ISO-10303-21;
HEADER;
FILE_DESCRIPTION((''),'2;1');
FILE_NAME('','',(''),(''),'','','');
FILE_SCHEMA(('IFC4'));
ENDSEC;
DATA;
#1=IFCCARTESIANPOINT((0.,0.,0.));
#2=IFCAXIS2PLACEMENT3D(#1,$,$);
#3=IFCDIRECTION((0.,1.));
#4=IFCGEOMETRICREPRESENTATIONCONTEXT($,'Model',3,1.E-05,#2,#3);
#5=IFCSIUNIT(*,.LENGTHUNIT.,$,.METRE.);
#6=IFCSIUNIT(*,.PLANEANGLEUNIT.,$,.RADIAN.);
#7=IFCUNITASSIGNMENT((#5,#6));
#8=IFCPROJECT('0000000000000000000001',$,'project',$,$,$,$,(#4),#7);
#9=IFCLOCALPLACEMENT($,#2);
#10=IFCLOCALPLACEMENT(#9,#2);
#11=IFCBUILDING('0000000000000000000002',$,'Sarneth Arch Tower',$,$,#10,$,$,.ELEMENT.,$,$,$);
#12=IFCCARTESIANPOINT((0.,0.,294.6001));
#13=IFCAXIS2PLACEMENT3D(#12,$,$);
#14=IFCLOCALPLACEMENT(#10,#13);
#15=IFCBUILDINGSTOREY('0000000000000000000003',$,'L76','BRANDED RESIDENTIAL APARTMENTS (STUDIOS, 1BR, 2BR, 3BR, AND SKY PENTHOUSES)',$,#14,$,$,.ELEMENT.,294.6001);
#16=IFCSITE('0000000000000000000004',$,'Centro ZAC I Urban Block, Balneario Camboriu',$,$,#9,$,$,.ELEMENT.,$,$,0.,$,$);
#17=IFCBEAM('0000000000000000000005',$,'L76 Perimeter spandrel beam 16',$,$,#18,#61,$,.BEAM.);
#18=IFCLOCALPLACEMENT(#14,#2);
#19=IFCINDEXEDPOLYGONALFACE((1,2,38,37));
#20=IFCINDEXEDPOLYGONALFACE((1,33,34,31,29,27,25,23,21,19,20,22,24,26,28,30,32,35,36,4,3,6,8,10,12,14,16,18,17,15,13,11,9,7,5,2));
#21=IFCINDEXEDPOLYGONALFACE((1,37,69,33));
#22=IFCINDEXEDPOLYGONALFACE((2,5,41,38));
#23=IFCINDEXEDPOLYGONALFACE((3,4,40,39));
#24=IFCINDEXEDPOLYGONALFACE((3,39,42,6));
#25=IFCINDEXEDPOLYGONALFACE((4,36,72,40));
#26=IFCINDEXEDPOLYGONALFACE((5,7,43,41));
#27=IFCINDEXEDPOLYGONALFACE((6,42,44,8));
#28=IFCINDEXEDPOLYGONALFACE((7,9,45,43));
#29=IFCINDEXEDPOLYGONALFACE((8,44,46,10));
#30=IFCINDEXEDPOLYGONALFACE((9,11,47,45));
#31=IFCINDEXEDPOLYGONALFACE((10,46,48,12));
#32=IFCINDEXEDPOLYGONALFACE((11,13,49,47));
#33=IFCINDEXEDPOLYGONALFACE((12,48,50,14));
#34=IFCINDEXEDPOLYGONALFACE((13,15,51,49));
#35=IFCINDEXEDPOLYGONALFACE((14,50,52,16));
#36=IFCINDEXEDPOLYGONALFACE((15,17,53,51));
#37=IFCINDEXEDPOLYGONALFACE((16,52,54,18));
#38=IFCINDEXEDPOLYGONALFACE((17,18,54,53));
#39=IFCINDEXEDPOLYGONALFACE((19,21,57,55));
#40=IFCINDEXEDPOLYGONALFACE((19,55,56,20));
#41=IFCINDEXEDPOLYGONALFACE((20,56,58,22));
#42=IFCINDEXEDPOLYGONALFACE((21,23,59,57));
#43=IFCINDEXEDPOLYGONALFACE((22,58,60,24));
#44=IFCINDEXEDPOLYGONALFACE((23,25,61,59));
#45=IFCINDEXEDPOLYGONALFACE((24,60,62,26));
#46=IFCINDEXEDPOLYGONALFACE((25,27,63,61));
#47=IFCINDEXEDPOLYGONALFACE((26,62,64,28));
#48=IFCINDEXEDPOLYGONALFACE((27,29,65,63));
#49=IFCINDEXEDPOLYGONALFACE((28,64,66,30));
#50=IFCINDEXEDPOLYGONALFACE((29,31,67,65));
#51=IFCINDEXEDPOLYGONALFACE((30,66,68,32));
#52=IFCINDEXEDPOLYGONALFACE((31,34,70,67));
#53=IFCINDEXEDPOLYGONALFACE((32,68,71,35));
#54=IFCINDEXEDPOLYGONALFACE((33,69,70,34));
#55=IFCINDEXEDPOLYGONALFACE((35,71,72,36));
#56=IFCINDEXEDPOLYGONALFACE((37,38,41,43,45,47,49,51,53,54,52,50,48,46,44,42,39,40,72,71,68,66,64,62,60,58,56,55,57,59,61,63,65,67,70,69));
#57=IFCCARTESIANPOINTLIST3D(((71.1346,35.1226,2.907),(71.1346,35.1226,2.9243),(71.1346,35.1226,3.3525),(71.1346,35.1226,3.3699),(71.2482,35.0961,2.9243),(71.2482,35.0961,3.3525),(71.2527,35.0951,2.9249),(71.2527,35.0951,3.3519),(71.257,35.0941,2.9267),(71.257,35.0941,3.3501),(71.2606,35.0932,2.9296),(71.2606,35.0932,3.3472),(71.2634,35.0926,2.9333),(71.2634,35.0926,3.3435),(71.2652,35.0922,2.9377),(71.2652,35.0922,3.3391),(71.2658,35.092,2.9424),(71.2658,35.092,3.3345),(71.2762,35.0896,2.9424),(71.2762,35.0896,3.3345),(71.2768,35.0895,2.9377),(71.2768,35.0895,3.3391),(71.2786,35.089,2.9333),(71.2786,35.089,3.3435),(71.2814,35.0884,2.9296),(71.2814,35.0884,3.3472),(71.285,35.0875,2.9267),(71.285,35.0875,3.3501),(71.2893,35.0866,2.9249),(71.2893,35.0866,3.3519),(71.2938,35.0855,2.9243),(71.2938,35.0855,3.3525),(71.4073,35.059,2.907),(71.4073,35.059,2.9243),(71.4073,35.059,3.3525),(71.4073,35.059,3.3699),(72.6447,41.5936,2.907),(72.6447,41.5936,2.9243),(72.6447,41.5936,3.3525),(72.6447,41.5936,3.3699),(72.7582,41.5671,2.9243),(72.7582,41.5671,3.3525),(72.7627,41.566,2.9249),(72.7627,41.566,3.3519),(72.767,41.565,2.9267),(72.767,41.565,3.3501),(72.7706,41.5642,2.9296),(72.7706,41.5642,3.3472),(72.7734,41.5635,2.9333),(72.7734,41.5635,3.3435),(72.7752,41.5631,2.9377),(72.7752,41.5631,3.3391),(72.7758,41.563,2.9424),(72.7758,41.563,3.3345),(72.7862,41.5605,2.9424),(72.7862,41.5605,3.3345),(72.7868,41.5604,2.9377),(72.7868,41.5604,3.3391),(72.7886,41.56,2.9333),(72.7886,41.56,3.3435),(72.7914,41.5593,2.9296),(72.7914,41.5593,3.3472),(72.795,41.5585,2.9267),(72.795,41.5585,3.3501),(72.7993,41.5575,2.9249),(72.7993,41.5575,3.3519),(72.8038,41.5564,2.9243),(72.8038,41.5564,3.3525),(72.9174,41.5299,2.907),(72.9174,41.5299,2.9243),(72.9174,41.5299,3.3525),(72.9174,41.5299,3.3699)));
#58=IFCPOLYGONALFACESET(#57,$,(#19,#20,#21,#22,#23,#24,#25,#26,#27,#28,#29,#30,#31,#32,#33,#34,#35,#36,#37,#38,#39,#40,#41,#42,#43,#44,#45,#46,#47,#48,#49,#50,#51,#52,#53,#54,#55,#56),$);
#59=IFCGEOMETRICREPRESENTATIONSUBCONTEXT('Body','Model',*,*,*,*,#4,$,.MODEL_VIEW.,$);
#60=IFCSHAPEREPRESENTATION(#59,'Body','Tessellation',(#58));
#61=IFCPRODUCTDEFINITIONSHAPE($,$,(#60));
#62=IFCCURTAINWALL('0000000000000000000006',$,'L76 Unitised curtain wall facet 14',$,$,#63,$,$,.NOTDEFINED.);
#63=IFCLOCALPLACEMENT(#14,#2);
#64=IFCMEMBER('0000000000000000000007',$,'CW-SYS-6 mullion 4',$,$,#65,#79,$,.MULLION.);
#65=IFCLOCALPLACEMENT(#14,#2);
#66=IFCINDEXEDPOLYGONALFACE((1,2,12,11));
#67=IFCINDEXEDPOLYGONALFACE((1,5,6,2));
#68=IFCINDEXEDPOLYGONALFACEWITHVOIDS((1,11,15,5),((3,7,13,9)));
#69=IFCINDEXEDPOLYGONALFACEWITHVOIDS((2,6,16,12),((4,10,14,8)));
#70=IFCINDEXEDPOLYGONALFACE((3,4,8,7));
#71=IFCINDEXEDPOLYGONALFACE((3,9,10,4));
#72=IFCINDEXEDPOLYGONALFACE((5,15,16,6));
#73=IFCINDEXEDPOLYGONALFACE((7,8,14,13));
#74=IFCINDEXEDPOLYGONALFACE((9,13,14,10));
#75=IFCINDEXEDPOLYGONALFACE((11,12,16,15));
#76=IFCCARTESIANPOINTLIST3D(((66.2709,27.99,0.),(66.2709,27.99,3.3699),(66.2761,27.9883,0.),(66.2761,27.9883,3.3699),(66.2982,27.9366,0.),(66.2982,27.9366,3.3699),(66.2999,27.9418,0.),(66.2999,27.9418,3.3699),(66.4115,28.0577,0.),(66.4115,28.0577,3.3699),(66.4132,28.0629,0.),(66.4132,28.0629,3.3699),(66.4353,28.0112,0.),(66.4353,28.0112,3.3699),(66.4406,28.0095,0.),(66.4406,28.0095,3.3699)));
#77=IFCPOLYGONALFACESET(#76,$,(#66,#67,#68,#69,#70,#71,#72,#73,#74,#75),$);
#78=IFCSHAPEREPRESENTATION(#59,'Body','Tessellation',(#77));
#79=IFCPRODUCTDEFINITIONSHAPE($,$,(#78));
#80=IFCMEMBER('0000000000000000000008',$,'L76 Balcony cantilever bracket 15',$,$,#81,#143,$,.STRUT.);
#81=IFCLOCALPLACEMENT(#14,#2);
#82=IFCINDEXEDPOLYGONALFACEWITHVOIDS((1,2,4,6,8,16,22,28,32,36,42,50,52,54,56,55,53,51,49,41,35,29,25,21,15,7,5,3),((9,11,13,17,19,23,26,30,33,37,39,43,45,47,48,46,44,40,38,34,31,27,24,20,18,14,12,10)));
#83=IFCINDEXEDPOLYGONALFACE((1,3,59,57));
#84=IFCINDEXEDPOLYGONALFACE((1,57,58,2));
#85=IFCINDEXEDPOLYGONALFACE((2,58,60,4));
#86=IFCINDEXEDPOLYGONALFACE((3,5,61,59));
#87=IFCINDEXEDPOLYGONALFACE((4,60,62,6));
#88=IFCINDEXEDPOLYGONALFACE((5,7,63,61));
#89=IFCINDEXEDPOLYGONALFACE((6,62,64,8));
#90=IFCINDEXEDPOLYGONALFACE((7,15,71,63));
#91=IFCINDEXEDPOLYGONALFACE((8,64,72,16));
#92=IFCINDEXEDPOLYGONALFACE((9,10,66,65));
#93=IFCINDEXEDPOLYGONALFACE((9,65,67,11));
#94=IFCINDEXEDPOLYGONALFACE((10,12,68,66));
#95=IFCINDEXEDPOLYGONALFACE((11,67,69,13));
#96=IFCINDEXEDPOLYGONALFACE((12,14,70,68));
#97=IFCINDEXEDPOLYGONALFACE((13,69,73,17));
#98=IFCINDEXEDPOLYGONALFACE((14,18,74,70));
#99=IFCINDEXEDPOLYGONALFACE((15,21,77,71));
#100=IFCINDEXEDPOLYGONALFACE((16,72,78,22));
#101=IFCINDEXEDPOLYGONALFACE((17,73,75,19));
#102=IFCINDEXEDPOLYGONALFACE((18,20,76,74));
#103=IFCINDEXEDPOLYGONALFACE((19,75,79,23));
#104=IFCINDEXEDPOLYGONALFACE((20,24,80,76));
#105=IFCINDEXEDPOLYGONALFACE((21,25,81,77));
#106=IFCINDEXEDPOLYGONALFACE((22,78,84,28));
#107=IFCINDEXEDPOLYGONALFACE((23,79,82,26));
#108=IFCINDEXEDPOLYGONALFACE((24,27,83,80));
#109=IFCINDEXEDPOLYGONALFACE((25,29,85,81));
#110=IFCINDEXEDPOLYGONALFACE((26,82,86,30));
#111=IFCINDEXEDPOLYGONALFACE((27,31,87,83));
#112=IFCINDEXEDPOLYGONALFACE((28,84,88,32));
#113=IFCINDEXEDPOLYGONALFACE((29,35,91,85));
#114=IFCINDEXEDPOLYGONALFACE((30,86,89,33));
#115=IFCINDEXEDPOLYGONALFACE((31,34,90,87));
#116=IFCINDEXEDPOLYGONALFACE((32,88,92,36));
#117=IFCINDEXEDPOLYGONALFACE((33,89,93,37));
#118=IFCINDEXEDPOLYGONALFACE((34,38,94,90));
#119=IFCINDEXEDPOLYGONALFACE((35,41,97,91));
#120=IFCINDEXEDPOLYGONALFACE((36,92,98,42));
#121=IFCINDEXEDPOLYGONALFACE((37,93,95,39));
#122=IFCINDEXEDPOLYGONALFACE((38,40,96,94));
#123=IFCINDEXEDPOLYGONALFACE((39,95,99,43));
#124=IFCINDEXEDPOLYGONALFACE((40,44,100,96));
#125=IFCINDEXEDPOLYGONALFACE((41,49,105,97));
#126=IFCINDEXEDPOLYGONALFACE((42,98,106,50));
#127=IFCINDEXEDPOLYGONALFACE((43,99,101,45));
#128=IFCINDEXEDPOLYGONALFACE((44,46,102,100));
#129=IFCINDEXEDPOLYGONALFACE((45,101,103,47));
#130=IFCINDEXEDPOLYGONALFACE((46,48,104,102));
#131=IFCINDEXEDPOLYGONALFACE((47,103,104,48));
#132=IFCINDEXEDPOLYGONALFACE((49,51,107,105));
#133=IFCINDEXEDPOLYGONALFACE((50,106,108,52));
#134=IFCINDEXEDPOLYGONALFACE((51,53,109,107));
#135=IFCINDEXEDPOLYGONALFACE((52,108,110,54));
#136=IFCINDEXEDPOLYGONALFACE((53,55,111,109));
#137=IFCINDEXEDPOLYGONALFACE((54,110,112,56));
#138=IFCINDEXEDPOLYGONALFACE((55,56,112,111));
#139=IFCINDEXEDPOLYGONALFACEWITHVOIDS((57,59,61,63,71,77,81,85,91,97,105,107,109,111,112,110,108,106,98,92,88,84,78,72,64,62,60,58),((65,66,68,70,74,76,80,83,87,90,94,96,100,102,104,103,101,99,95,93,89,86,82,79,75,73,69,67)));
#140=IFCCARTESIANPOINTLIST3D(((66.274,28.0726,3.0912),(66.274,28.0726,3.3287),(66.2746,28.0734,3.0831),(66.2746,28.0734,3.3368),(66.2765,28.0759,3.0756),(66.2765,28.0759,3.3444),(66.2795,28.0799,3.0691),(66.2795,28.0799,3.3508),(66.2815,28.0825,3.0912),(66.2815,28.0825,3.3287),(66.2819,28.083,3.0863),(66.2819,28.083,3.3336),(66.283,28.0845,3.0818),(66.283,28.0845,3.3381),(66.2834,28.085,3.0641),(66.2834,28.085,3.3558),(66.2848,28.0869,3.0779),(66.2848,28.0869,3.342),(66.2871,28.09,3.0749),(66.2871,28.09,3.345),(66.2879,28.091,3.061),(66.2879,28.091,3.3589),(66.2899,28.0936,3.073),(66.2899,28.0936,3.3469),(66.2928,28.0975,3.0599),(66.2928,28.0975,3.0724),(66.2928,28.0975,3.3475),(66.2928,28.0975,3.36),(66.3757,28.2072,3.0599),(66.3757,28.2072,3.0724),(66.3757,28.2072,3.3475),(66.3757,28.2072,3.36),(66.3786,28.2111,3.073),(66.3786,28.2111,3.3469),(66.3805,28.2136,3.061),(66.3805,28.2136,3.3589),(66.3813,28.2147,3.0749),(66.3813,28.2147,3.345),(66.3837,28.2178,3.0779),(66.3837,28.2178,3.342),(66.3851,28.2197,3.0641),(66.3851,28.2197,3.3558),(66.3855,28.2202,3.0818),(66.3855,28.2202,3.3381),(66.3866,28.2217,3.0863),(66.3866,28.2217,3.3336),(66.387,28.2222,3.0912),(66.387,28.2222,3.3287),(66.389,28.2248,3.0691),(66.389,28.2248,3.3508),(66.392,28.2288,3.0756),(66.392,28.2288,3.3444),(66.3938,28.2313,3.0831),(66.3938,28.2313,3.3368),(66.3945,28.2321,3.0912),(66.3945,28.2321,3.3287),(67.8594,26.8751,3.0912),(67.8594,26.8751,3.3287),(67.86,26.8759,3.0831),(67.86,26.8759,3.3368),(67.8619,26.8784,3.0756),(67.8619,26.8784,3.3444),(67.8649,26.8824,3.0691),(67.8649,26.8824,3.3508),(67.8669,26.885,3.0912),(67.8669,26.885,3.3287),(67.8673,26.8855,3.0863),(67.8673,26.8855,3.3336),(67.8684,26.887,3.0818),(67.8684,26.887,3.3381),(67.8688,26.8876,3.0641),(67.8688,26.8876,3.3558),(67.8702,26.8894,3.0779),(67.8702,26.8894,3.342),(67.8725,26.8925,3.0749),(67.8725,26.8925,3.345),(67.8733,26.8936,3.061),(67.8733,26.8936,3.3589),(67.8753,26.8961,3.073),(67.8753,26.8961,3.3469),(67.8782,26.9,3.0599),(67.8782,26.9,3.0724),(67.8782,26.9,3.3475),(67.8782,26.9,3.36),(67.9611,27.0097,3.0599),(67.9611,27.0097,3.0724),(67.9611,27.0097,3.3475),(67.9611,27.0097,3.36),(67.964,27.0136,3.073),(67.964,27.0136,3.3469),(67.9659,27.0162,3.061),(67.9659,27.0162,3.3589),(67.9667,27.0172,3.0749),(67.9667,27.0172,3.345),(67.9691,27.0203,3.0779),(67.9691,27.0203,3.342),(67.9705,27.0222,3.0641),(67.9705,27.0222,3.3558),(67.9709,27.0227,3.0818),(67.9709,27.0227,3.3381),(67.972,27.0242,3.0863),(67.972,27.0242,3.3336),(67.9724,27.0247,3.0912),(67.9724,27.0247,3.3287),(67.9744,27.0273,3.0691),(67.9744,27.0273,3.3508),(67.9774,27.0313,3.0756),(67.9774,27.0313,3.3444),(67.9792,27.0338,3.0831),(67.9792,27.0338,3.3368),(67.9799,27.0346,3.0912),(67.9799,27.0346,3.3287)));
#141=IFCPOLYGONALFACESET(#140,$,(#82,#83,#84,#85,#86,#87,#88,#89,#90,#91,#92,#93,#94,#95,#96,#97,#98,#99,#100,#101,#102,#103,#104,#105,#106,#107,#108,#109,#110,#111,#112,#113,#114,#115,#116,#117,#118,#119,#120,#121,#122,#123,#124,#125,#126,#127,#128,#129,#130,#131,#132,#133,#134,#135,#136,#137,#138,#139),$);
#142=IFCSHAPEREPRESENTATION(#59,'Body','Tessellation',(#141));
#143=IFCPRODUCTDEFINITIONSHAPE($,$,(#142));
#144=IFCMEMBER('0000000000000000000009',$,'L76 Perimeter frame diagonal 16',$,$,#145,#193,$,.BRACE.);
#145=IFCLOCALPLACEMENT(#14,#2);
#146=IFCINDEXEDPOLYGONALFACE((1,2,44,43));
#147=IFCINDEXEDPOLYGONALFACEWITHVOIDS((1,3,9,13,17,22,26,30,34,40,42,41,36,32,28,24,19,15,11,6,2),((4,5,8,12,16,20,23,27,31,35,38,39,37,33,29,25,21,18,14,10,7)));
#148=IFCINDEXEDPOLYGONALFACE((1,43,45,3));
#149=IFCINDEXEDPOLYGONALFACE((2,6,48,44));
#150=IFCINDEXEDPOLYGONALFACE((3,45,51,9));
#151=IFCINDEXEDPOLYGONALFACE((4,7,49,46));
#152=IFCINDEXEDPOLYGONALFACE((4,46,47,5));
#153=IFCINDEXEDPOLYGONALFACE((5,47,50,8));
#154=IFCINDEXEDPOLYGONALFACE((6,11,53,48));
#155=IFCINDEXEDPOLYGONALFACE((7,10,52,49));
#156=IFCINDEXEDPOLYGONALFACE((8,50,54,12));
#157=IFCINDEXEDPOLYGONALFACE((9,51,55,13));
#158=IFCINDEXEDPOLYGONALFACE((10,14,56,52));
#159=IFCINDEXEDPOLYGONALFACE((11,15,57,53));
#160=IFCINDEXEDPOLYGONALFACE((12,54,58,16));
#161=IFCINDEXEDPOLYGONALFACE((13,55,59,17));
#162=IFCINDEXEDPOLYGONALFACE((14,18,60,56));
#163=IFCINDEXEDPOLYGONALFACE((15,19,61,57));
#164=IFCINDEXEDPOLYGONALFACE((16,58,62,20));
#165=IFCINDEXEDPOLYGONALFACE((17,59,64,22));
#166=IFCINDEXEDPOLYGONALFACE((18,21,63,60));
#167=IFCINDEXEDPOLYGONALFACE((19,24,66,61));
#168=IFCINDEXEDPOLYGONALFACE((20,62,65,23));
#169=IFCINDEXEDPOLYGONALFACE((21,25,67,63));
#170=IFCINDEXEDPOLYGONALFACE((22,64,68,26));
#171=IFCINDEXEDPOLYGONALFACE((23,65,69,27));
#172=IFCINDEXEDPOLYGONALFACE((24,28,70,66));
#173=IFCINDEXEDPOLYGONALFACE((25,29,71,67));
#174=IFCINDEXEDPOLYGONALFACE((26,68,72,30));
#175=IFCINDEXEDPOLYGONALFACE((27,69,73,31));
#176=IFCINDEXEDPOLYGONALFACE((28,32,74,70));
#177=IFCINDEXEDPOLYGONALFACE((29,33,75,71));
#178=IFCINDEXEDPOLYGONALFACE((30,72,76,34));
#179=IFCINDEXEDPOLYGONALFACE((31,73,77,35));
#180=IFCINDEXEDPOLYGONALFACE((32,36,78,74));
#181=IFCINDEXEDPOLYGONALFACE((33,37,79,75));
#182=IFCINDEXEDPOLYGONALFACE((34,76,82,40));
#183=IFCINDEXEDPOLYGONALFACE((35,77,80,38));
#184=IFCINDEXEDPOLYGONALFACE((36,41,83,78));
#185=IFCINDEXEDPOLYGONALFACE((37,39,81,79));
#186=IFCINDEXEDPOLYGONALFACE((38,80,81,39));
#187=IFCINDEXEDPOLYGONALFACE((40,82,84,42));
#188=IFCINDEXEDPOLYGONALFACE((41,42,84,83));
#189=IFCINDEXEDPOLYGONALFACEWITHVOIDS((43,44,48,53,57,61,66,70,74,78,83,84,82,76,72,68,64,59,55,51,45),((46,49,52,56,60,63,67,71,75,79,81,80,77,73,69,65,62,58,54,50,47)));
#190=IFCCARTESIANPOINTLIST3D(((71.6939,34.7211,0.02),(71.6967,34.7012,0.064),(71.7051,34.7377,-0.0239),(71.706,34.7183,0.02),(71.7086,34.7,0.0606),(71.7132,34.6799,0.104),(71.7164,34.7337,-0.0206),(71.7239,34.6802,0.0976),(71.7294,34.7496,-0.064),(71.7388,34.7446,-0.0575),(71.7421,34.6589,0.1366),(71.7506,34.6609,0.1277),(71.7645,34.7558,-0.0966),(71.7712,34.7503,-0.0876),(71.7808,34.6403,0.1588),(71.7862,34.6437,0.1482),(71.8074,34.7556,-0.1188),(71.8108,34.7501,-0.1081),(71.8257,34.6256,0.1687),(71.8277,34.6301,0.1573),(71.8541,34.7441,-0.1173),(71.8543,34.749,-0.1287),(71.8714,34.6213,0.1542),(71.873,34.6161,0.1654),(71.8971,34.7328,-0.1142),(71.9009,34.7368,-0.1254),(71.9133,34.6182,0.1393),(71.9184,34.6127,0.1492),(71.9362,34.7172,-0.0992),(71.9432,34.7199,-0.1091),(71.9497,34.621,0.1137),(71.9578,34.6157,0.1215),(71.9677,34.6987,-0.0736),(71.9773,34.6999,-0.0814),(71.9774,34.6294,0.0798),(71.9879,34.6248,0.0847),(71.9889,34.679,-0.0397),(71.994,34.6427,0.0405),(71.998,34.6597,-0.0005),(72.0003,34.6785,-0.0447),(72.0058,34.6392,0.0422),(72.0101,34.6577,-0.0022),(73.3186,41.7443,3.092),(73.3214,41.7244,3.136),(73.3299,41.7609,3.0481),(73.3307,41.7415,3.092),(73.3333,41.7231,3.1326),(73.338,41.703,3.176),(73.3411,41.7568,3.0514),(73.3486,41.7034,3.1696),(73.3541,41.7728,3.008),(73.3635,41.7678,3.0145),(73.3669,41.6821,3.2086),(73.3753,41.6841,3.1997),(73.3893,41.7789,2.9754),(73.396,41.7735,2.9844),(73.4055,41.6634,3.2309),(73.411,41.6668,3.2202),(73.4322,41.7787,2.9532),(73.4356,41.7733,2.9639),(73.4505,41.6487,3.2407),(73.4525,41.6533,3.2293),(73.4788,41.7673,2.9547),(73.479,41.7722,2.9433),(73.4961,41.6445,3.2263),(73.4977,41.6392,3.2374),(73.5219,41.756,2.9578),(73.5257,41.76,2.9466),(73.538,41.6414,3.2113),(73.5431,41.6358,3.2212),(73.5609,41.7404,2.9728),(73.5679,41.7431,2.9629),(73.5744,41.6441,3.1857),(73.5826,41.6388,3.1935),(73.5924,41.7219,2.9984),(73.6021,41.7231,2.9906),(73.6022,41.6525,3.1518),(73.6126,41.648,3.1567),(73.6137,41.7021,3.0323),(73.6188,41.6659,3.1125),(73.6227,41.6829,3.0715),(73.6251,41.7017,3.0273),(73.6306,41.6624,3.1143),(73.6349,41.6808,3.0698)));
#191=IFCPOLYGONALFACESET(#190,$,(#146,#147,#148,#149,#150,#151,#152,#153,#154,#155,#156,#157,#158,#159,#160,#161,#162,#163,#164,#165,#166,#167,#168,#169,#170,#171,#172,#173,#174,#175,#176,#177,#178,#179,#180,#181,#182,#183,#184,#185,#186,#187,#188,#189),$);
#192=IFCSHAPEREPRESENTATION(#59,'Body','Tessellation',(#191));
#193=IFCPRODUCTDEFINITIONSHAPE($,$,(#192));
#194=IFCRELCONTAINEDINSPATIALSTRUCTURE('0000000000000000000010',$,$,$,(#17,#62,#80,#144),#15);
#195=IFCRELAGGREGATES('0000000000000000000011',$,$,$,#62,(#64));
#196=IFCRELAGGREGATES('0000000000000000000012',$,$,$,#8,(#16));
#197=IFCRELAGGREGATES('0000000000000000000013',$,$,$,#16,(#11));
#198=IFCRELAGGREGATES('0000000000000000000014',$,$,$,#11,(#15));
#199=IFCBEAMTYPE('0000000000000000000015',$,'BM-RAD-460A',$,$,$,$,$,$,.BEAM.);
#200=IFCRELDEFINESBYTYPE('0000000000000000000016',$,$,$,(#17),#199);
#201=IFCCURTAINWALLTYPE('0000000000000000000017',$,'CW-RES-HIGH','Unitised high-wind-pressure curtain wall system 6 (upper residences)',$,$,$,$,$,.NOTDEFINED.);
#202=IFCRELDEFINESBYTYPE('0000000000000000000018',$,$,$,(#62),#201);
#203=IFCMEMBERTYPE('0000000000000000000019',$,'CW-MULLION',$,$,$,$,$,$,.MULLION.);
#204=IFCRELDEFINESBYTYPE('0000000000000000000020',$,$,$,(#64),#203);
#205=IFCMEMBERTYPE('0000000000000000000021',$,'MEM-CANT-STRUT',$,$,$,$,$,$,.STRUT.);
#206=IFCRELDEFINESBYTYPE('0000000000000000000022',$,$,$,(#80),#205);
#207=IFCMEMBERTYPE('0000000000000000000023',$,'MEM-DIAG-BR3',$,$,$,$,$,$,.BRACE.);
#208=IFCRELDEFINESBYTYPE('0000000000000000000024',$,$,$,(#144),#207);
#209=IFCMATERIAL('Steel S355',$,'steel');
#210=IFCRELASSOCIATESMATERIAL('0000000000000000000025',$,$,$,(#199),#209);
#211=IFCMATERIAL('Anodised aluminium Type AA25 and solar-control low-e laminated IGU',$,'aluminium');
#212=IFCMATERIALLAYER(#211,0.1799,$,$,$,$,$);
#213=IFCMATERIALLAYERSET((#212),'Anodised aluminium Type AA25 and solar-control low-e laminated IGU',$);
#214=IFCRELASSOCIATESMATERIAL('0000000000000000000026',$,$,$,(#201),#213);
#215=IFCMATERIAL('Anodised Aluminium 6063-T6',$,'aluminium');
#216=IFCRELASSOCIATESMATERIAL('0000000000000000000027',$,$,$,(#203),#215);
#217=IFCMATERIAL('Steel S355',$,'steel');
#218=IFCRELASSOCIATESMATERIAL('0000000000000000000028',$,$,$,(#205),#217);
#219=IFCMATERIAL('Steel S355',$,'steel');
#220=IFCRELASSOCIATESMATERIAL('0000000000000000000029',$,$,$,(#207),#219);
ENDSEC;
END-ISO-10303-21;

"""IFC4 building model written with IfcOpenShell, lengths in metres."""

from ifc_helpers import new_model, si_unit, direction, frame, origin, origin_2d, place, context, subcontext, project, spatial, hollow_rectangle, hollow_circle, i_section, extrude, material, layer, layer_set, material_profile, profile_set, type_object, element, aggregate, save


model = new_model("IFC4")

# Units and contexts
model_context = context("Model", 3, precision=1e-05, world=origin(), true_north=direction((0.0, 1.0)))
body_context = subcontext(model_context, "Body", "Model", "MODEL_VIEW")
ifc_project = project(units=[si_unit("LENGTHUNIT", "METRE"), si_unit("PLANEANGLEUNIT", "RADIAN")], contexts=[model_context])

# Site, building, storey
site_placement = place(None, origin())
site = spatial("IfcSite", under=ifc_project, at=site_placement, Name="Centro ZAC I Urban Block, Balneario Camboriu", CompositionType="ELEMENT", RefElevation=0.0)
building_placement = place(site_placement, origin())
building = spatial("IfcBuilding", under=site, at=building_placement, Name="Sarneth Arch Tower", CompositionType="ELEMENT")
storey_placement = place(building_placement, frame((0.0, 0.0, 294.6001)))
storey = spatial("IfcBuildingStorey", under=building, at=storey_placement, Name="L76", Description="BRANDED RESIDENTIAL APARTMENTS (STUDIOS, 1BR, 2BR, 3BR, AND SKY PENTHOUSES)", CompositionType="ELEMENT", Elevation=294.6001)

# Beam
ifc_material_1 = material(Name="Steel S355", Category="steel")
ifc_material_profile_1 = material_profile(ifc_material_1, i_section(OverallWidth=0.28, OverallDepth=0.4629, WebThickness=0.0107, FlangeThickness=0.0173, FilletRadius=0.0181, at=origin_2d()), Name="W460x113")
ifc_profile_set_1 = profile_set([ifc_material_profile_1], Name="Steel S355")
beam_type_1 = type_object("IfcBeamType", Name="BM-RAD-460A", PredefinedType="BEAM", material=ifc_profile_set_1)
beam_1_placement = place(storey_placement, frame((71.271, 35.0908, 3.1384), z_axis=(0.227247, 0.973837, 0.0), x_axis=(-0.973837, 0.227247, 0.0)))
element("IfcBeam", 1, at=beam_1_placement, inside=storey, type_object=beam_type_1, Name="L76 Perimeter spandrel beam 16", PredefinedType="BEAM", context=body_context, shape_type="SweptSolid", body=[
    extrude(i_section(OverallWidth=0.28, OverallDepth=0.4629, WebThickness=0.0107, FlangeThickness=0.0173, FilletRadius=0.0181, at=origin_2d()), origin(), (0.0, 0.0, 1.0), 6.6448),
])

# Curtain wall, member
ifc_material_2 = material(Name="Anodised aluminium Type AA25 and solar-control low-e laminated IGU", Category="aluminium")
ifc_layer_1 = layer(ifc_material_2, 0.1799)
ifc_layer_set_1 = layer_set([ifc_layer_1], Name="Anodised aluminium Type AA25 and solar-control low-e laminated IGU")
curtain_wall_type = type_object("IfcCurtainWallType", Name="CW-RES-HIGH", Description="Unitised high-wind-pressure curtain wall system 6 (upper residences)", PredefinedType="NOTDEFINED", material=ifc_layer_set_1)
curtain_wall_placement = place(storey_placement, origin())
curtain_wall = element("IfcCurtainWall", 2, at=curtain_wall_placement, inside=storey, type_object=curtain_wall_type, Name="L76 Unitised curtain wall facet 14", PredefinedType="NOTDEFINED")
ifc_material_3 = material(Name="Anodised Aluminium 6063-T6", Category="aluminium")
ifc_material_profile_2 = material_profile(ifc_material_3, hollow_rectangle(XDim=0.0601, YDim=0.1599, WallThickness=0.0039, at=origin_2d()), Name="AL-MULL-160x60x4")
ifc_profile_set_2 = profile_set([ifc_material_profile_2], Name="Anodised Aluminium 6063-T6")
member_type_1 = type_object("IfcMemberType", Name="CW-MULLION", PredefinedType="MULLION", material=ifc_profile_set_2)
member_1_placement = place(storey_placement, frame((66.3557, 27.9998, 0.0), z_axis=(0.0, 0.0, 1.0), x_axis=(-0.455942, 0.89001, 0.0)))
member_1 = element("IfcMember", 3, at=member_1_placement, type_object=member_type_1, Name="CW-SYS-6 mullion 4", PredefinedType="MULLION", context=body_context, shape_type="SweptSolid", body=[
    extrude(hollow_rectangle(XDim=0.0601, YDim=0.1599, WallThickness=0.0039, at=origin_2d()), origin(), (0.0, 0.0, 1.0), 3.3699),
])
aggregate(curtain_wall, [member_1])

# Members
ifc_material_4 = material(Name="Steel S355", Category="steel")
ifc_material_profile_3 = material_profile(ifc_material_4, hollow_rectangle(XDim=0.2, YDim=0.3, WallThickness=0.0125, InnerFilletRadius=0.0188, OuterFilletRadius=0.0312, at=origin_2d()), Name="RHS300x200x12.5")
ifc_profile_set_3 = profile_set([ifc_material_profile_3], Name="Steel S355")
member_type_2 = type_object("IfcMemberType", Name="MEM-CANT-STRUT", PredefinedType="STRUT", material=ifc_profile_set_3)
member_2_placement = place(storey_placement, frame((66.3342, 28.1523, 3.21), z_axis=(0.797961, -0.60271, 0.0), x_axis=(0.60271, 0.797961, 0.0)))
element("IfcMember", 4, at=member_2_placement, inside=storey, type_object=member_type_2, Name="L76 Balcony cantilever bracket 15", PredefinedType="STRUT", context=body_context, shape_type="SweptSolid", body=[
    extrude(hollow_rectangle(XDim=0.2, YDim=0.3, WallThickness=0.0125, InnerFilletRadius=0.0188, OuterFilletRadius=0.0312, at=origin_2d()), origin(), (0.0, 0.0, 1.0), 1.9868),
])
ifc_material_5 = material(Name="Steel S355", Category="steel")
ifc_material_profile_4 = material_profile(ifc_material_5, hollow_circle(Radius=0.1621, WallThickness=0.0125, at=origin_2d()), Name="CHS324x12.5")
ifc_profile_set_4 = profile_set([ifc_material_profile_4], Name="Steel S355")
member_type_3 = type_object("IfcMemberType", Name="MEM-DIAG-BR3", PredefinedType="BRACE", material=ifc_profile_set_4)
member_3_placement = place(storey_placement, frame((71.8518, 34.6846, 0.02), z_axis=(0.207346, 0.896276, 0.392041), x_axis=(-0.974269, 0.225389, 0.0)))
element("IfcMember", 5, at=member_3_placement, inside=storey, type_object=member_type_3, Name="L76 Perimeter frame diagonal 16", PredefinedType="BRACE", context=body_context, shape_type="SweptSolid", body=[
    extrude(hollow_circle(Radius=0.1621, WallThickness=0.0125, at=origin_2d()), origin(), (0.0, 0.0, 1.0), 7.8359),
])

save(model, "model.ifc")
